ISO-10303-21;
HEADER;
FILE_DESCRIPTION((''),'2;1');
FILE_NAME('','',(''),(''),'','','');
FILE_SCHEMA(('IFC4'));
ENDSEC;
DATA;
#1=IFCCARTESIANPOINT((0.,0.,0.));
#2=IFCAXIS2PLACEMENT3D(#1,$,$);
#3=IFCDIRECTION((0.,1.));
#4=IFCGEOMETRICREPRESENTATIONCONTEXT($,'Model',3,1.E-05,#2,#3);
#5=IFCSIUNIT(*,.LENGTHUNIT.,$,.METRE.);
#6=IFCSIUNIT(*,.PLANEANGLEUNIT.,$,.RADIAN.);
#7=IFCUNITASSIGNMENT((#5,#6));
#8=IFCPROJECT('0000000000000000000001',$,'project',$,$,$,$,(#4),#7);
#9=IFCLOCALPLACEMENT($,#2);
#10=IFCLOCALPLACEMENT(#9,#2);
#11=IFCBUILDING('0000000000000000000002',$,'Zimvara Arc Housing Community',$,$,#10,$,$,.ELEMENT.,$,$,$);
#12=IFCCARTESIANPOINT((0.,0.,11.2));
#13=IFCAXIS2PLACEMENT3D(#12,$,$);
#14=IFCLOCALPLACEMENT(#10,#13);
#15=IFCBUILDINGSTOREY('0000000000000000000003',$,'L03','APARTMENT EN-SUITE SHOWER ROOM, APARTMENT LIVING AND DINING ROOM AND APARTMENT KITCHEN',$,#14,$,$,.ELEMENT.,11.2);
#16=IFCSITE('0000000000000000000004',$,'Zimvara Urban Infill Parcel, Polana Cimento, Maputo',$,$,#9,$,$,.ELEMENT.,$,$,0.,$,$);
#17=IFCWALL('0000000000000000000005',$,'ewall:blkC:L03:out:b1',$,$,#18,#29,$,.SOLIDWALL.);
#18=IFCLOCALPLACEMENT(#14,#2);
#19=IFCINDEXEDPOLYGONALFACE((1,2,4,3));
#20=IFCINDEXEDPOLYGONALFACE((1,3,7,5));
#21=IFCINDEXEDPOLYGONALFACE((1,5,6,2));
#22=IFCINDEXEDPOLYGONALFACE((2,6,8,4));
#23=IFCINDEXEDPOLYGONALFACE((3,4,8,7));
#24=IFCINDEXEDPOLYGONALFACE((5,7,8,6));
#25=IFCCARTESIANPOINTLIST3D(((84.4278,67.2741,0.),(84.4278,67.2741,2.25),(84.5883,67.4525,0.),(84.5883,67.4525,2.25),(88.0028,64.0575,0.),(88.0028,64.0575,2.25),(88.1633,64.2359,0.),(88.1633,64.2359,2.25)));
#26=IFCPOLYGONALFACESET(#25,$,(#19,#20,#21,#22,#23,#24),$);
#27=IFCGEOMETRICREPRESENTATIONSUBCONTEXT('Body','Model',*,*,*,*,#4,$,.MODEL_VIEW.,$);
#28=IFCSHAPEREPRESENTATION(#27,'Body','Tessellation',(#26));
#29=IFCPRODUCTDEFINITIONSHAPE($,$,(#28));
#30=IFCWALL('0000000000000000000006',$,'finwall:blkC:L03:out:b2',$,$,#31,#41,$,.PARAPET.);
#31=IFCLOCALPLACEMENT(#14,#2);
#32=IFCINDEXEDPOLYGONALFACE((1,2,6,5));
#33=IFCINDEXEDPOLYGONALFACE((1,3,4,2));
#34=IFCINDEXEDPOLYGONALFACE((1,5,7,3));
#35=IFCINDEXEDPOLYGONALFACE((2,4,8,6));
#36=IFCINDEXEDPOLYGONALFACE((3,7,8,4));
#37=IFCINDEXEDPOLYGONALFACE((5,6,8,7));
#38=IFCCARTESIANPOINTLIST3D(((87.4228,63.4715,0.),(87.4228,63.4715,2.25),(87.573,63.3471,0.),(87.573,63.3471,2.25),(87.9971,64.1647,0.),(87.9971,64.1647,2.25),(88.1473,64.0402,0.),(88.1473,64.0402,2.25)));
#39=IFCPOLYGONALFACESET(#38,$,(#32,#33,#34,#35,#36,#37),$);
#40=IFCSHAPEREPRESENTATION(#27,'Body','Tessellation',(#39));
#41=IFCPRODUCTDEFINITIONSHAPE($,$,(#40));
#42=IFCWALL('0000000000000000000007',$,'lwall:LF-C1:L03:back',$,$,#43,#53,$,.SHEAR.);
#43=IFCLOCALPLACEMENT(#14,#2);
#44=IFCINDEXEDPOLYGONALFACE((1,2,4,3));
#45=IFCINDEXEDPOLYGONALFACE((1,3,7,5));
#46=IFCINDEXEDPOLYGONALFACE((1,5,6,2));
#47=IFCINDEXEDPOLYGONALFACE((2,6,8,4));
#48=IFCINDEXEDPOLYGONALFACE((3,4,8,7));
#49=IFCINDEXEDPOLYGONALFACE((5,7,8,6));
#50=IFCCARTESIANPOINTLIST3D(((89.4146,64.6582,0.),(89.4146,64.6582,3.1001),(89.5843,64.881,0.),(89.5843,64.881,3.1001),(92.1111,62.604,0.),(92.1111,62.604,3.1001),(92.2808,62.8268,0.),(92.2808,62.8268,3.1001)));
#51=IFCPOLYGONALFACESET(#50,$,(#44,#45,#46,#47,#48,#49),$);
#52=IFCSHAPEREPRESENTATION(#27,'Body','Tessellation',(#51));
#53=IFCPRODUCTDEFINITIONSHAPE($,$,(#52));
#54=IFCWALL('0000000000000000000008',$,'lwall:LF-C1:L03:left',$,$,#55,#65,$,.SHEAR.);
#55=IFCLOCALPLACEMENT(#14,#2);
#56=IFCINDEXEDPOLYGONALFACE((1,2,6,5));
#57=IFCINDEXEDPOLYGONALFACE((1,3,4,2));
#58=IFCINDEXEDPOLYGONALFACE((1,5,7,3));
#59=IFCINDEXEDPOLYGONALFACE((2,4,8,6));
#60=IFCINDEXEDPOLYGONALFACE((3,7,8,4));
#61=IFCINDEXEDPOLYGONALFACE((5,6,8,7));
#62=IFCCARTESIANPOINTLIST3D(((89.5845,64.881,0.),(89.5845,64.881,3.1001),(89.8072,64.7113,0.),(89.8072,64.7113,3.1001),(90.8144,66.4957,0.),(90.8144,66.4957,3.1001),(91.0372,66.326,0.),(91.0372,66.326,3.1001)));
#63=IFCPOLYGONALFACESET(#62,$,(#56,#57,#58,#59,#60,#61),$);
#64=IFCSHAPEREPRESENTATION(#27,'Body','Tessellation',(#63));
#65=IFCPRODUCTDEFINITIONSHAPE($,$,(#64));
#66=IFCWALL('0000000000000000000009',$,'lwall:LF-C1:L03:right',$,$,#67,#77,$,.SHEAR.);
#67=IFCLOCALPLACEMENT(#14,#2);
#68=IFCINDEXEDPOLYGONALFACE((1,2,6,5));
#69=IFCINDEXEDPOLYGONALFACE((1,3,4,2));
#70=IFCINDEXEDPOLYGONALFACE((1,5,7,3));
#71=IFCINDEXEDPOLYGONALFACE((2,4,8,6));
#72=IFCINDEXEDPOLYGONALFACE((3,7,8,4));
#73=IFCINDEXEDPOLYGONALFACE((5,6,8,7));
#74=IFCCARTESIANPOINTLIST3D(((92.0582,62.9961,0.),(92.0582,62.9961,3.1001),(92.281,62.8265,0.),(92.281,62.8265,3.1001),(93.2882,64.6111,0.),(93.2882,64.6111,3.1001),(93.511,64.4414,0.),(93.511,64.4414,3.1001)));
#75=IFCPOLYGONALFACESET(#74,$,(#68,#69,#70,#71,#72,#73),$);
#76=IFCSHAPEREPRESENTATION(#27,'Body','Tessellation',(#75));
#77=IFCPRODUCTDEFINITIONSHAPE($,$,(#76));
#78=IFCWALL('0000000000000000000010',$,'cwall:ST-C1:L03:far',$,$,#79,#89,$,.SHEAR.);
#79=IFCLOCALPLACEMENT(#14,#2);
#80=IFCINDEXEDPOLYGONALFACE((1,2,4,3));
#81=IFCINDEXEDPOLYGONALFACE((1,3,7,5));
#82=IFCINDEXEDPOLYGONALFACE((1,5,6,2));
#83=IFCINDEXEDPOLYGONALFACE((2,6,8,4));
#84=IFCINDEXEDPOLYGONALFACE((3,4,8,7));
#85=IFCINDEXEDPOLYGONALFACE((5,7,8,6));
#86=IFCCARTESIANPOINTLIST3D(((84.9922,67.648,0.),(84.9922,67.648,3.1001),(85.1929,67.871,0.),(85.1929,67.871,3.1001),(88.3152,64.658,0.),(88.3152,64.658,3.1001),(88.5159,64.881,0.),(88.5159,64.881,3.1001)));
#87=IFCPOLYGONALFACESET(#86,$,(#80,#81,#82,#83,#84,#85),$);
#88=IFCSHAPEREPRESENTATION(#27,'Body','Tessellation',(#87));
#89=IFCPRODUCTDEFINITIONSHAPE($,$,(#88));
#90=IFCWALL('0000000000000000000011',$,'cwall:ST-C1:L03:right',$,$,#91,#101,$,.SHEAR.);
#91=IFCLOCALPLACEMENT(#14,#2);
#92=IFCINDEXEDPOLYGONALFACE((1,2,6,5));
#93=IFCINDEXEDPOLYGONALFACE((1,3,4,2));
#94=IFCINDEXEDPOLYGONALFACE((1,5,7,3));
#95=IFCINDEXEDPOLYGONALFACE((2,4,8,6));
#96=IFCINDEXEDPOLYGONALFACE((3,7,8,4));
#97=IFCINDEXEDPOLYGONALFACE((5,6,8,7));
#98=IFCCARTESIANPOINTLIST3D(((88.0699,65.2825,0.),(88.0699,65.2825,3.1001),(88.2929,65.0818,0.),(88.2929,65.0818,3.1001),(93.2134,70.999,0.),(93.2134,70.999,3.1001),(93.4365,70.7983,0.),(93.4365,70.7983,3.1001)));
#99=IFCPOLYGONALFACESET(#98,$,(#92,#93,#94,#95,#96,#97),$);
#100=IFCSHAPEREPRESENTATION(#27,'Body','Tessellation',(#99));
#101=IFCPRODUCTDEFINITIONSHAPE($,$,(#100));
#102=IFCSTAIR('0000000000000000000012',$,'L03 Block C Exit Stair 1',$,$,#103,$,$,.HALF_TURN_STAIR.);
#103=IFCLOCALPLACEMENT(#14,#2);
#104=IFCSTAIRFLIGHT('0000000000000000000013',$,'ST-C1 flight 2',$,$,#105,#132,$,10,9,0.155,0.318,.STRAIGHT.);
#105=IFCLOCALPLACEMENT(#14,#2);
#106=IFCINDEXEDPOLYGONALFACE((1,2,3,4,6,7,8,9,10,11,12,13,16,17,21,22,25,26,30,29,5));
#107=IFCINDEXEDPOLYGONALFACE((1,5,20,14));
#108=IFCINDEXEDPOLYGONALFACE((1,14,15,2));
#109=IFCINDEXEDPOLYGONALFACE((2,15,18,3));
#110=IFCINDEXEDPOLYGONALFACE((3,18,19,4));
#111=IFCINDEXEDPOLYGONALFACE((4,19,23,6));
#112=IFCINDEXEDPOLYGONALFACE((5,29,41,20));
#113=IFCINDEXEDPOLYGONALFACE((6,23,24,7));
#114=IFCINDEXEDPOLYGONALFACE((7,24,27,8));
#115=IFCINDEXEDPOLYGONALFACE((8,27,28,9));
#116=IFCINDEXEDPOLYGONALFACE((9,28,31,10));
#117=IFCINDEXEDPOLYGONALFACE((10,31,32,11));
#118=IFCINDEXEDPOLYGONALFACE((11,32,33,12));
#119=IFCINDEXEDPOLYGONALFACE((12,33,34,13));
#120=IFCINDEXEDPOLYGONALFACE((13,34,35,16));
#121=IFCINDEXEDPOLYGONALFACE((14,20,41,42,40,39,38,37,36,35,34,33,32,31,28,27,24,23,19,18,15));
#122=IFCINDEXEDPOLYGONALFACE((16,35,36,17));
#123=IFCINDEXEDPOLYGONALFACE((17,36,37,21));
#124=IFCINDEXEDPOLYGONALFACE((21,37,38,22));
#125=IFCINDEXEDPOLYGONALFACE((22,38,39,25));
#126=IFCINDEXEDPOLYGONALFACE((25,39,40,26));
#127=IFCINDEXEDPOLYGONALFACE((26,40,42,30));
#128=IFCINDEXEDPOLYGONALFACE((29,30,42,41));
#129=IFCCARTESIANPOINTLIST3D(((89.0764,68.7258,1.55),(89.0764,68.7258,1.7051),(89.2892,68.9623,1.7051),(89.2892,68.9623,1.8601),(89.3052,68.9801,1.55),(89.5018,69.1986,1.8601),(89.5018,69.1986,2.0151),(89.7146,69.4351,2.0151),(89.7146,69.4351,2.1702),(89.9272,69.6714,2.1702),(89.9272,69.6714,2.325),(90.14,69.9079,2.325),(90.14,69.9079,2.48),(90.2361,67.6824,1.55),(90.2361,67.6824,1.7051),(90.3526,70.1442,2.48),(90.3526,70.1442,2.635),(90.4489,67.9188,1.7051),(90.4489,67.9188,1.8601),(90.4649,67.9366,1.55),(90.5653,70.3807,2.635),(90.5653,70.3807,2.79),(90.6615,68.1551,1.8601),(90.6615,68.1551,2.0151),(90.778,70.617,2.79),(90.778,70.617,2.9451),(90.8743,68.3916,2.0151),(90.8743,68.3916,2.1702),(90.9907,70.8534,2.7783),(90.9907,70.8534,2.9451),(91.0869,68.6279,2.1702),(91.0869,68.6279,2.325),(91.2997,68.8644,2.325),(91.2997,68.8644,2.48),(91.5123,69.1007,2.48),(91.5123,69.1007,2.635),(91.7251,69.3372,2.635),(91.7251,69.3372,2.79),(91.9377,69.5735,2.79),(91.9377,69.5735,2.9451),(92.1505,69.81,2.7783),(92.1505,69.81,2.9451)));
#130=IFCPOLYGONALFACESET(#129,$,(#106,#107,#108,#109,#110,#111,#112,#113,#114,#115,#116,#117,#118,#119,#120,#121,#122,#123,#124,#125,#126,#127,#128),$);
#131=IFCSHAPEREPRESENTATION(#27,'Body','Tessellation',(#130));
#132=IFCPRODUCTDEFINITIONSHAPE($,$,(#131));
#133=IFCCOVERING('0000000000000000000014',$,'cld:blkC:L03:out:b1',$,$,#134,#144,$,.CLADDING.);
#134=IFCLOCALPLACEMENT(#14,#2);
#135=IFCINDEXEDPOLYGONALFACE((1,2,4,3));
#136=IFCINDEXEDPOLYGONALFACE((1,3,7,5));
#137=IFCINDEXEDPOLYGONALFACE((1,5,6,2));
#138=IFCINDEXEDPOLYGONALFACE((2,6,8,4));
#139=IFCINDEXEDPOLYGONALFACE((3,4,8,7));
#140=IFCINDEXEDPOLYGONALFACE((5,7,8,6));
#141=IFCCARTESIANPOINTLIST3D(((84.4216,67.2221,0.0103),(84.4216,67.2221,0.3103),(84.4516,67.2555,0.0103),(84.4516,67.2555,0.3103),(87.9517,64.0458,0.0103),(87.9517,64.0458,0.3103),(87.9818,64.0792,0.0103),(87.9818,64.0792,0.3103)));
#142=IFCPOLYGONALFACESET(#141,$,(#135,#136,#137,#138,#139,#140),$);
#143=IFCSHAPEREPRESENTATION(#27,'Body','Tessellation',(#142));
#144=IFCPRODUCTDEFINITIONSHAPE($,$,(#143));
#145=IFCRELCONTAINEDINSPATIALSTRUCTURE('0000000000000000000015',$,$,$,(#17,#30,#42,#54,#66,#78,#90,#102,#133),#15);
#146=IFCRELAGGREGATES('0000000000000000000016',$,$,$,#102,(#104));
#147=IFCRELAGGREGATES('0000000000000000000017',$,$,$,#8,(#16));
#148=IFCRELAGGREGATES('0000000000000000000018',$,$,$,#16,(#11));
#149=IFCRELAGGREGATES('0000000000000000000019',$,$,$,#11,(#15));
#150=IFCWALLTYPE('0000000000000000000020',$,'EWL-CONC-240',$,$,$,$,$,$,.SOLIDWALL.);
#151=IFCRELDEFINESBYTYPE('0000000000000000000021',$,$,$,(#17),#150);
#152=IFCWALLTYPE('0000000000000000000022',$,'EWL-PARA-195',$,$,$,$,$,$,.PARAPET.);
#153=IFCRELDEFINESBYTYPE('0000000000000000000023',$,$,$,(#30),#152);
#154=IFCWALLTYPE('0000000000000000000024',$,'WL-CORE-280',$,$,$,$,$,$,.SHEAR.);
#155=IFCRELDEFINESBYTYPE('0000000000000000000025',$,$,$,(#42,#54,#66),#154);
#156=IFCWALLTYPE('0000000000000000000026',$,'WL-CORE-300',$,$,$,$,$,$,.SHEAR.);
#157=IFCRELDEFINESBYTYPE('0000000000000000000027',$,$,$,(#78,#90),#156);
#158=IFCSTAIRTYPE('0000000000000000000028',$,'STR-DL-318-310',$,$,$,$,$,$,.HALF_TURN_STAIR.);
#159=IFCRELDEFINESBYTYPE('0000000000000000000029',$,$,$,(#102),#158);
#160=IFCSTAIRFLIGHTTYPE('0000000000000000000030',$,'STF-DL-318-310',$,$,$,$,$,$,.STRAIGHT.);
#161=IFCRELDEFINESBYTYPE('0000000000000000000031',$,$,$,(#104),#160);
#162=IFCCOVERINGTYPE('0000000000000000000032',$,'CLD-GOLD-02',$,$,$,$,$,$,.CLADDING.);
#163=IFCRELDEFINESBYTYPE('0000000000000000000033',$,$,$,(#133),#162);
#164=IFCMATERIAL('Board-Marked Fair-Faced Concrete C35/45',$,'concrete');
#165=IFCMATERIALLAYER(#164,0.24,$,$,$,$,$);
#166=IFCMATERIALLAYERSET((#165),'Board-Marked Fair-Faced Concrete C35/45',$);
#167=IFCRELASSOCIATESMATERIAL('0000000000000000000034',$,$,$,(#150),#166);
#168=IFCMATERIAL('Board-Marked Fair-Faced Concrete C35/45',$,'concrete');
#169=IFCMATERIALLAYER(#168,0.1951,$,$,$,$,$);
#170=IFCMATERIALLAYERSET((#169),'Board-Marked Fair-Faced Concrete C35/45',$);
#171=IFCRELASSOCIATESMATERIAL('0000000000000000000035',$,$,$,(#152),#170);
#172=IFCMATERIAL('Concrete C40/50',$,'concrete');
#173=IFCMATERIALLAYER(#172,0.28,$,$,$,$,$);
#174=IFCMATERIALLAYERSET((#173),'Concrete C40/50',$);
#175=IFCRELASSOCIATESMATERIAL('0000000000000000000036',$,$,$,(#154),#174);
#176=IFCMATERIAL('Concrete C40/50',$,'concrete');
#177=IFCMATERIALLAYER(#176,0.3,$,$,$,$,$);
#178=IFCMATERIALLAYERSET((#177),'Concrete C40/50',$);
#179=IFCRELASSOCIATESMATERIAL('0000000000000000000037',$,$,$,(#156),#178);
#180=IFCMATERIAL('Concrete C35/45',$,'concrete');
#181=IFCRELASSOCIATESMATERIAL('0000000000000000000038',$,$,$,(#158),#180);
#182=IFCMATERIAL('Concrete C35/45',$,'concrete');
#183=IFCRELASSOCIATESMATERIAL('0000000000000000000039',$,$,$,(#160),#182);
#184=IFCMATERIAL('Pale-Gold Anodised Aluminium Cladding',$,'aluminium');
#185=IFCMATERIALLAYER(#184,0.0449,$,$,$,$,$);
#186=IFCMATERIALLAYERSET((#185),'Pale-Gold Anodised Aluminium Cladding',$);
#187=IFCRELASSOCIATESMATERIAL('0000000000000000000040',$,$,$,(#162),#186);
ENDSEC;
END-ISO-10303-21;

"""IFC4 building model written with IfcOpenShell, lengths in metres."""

from ifc_helpers import new_model, si_unit, direction, frame, frame_2d, origin, origin_2d, place, context, subcontext, project, spatial, polyline, rectangle, outline, extrude, material, layer, layer_set, type_object, element, aggregate, save


model = new_model("IFC4")

# Units and contexts
model_context = context("Model", 3, precision=1e-05, world=origin(), true_north=direction((0.0, 1.0)))
body_context = subcontext(model_context, "Body", "Model", "MODEL_VIEW")
ifc_project = project(units=[si_unit("LENGTHUNIT", "METRE"), si_unit("PLANEANGLEUNIT", "RADIAN")], contexts=[model_context])

# Site, building, storey
site_placement = place(None, origin())
site = spatial("IfcSite", under=ifc_project, at=site_placement, Name="Zimvara Urban Infill Parcel, Polana Cimento, Maputo", CompositionType="ELEMENT", RefElevation=0.0)
building_placement = place(site_placement, origin())
building = spatial("IfcBuilding", under=site, at=building_placement, Name="Zimvara Arc Housing Community", CompositionType="ELEMENT")
storey_placement = place(building_placement, frame((0.0, 0.0, 11.2)))
storey = spatial("IfcBuildingStorey", under=building, at=storey_placement, Name="L03", Description="APARTMENT EN-SUITE SHOWER ROOM, APARTMENT LIVING AND DINING ROOM AND APARTMENT KITCHEN", CompositionType="ELEMENT", Elevation=11.2)

# Walls
ifc_material_1 = material(Name="Board-Marked Fair-Faced Concrete C35/45", Category="concrete")
ifc_layer_1 = layer(ifc_material_1, 0.24)
ifc_layer_set_1 = layer_set([ifc_layer_1], Name="Board-Marked Fair-Faced Concrete C35/45")
wall_type_1 = type_object("IfcWallType", Name="EWL-CONC-240", PredefinedType="SOLIDWALL", material=ifc_layer_set_1)
wall_1_placement = place(storey_placement, frame((84.5081, 67.3633, 0.0), z_axis=(0.0, 0.0, 1.0), x_axis=(0.743388, -0.668861, 0.0)))
element("IfcWall", 1, at=wall_1_placement, inside=storey, type_object=wall_type_1, Name="ewall:blkC:L03:out:b1", PredefinedType="SOLIDWALL", context=body_context, shape_type="SweptSolid", body=[
    extrude(rectangle(XDim=4.8091, YDim=0.24, at=frame_2d((2.4045, 0.0))), origin(), (0.0, 0.0, 1.0), 2.25),
])
ifc_material_2 = material(Name="Board-Marked Fair-Faced Concrete C35/45", Category="concrete")
ifc_layer_2 = layer(ifc_material_2, 0.1951)
ifc_layer_set_2 = layer_set([ifc_layer_2], Name="Board-Marked Fair-Faced Concrete C35/45")
wall_type_2 = type_object("IfcWallType", Name="EWL-PARA-195", PredefinedType="PARAPET", material=ifc_layer_set_2)
wall_2_placement = place(storey_placement, frame((88.0723, 64.1025, 0.0), z_axis=(0.0, 0.0, 1.0), x_axis=(-0.637967, -0.770063, 0.0)))
element("IfcWall", 2, at=wall_2_placement, inside=storey, type_object=wall_type_2, Name="finwall:blkC:L03:out:b2", PredefinedType="PARAPET", context=body_context, shape_type="SweptSolid", body=[
    extrude(rectangle(XDim=0.9001, YDim=0.1951, at=frame_2d((0.4502, 0.0))), origin(), (0.0, 0.0, 1.0), 2.25),
])

# Shared definitions
ifc_material_3 = material(Name="Concrete C40/50", Category="concrete")
ifc_layer_3 = layer(ifc_material_3, 0.28)
ifc_layer_set_3 = layer_set([ifc_layer_3], Name="Concrete C40/50")
wall_type_3 = type_object("IfcWallType", Name="WL-CORE-280", PredefinedType="SHEAR", material=ifc_layer_set_3)

# Walls
wall_3_placement = place(storey_placement, frame((89.4995, 64.7695, 0.0), z_axis=(0.0, 0.0, 1.0), x_axis=(0.795475, -0.605987, 0.0)))
element("IfcWall", 3, at=wall_3_placement, inside=storey, type_object=wall_type_3, Name="lwall:LF-C1:L03:back", PredefinedType="SHEAR", context=body_context, shape_type="SweptSolid", body=[
    extrude(rectangle(XDim=3.3899, YDim=0.28, at=frame_2d((1.6948, 0.0))), origin(), (0.0, 0.0, 1.0), 3.1001),
])
wall_4_placement = place(storey_placement, frame((90.9258, 66.4109, 0.0), z_axis=(0.0, 0.0, 1.0), x_axis=(-0.605949, -0.795504, 0.0)))
element("IfcWall", 4, at=wall_4_placement, inside=storey, type_object=wall_type_3, Name="lwall:LF-C1:L03:left", PredefinedType="SHEAR", context=body_context, shape_type="SweptSolid", body=[
    extrude(rectangle(XDim=2.0298, YDim=0.28, at=frame_2d((1.0149, 0.0))), origin(), (0.0, 0.0, 1.0), 3.1001),
])
wall_5_placement = place(storey_placement, frame((93.3997, 64.5264, 0.0), z_axis=(0.0, 0.0, 1.0), x_axis=(-0.605891, -0.795548, 0.0)))
element("IfcWall", 5, at=wall_5_placement, inside=storey, type_object=wall_type_3, Name="lwall:LF-C1:L03:right", PredefinedType="SHEAR", context=body_context, shape_type="SweptSolid", body=[
    extrude(rectangle(XDim=2.03, YDim=0.28, at=frame_2d((1.0151, 0.0))), origin(), (0.0, 0.0, 1.0), 3.1001),
])
ifc_material_4 = material(Name="Concrete C40/50", Category="concrete")
ifc_layer_4 = layer(ifc_material_4, 0.3)
ifc_layer_set_4 = layer_set([ifc_layer_4], Name="Concrete C40/50")
wall_type_4 = type_object("IfcWallType", Name="WL-CORE-300", PredefinedType="SHEAR", material=ifc_layer_set_4)
wall_6_placement = place(storey_placement, frame((85.0925, 67.7595, 0.0), z_axis=(0.0, 0.0, 1.0), x_axis=(0.743373, -0.668877, 0.0)))
element("IfcWall", 6, at=wall_6_placement, inside=storey, type_object=wall_type_4, Name="cwall:ST-C1:L03:far", PredefinedType="SHEAR", context=body_context, shape_type="SweptSolid", body=[
    extrude(rectangle(XDim=4.4702, YDim=0.3, at=frame_2d((2.2351, 0.0))), origin(), (0.0, 0.0, 1.0), 3.1001),
])
wall_7_placement = place(storey_placement, frame((93.325, 70.8987, 0.0), z_axis=(0.0, 0.0, 1.0), x_axis=(-0.668868, -0.743381, 0.0)))
element("IfcWall", 7, at=wall_7_placement, inside=storey, type_object=wall_type_4, Name="cwall:ST-C1:L03:right", PredefinedType="SHEAR", context=body_context, shape_type="SweptSolid", body=[
    extrude(rectangle(XDim=7.6899, YDim=0.3, at=frame_2d((3.845, 0.0))), origin(), (0.0, 0.0, 1.0), 3.1001),
])

# Stair, stair flight
ifc_material_5 = material(Name="Concrete C35/45", Category="concrete")
stair_type = type_object("IfcStairType", Name="STR-DL-318-310", PredefinedType="HALF_TURN_STAIR", material=ifc_material_5)
stair_placement = place(storey_placement, origin())
stair = element("IfcStair", 8, at=stair_placement, inside=storey, type_object=stair_type, Name="L03 Block C Exit Stair 1", PredefinedType="HALF_TURN_STAIR")
ifc_material_6 = material(Name="Concrete C35/45", Category="concrete")
stair_flight_type = type_object("IfcStairFlightType", Name="STF-DL-318-310", PredefinedType="STRAIGHT", material=ifc_material_6)
stair_flight_placement = place(storey_placement, frame((89.6562, 68.2041, 1.55), z_axis=(0.0, 0.0, 1.0), x_axis=(0.668871, 0.743378, 0.0)))
stair_flight = element("IfcStairFlight", 9, at=stair_flight_placement, type_object=stair_flight_type, Name="ST-C1 flight 2", NumberOfRisers=10, NumberOfTreads=9, PredefinedType="STRAIGHT", RiserHeight=0.155, TreadLength=0.318, context=body_context, shape_type="SweptSolid", body=[
    extrude(outline(polyline([(0.0, 0.0), (0.0, 0.155), (0.3181, 0.155), (0.3181, 0.3101), (0.636, 0.3101), (0.636, 0.4651), (0.9541, 0.4651), (0.9541, 0.6201), (1.272, 0.6201), (1.272, 0.7749), (1.5901, 0.7749), (1.5901, 0.9299), (1.908, 0.9299), (1.908, 1.085), (2.2261, 1.085), (2.2261, 1.24), (2.5439, 1.24), (2.5439, 1.395), (2.8621, 1.395), (2.8621, 1.55), (2.8621, 1.2283), (0.342, 0.0), (0.0, 0.0)])), frame((0.0, 0.78, 0.0), z_axis=(0.0, -1.0, 0.0), x_axis=(1.0, 0.0, 0.0)), (0.0, 0.0, 1.0), 1.5601),
])
aggregate(stair, [stair_flight])

# Covering
ifc_material_7 = material(Name="Pale-Gold Anodised Aluminium Cladding", Category="aluminium")
ifc_layer_5 = layer(ifc_material_7, 0.0449)
ifc_layer_set_5 = layer_set([ifc_layer_5], Name="Pale-Gold Anodised Aluminium Cladding")
covering_type = type_object("IfcCoveringType", Name="CLD-GOLD-02", PredefinedType="CLADDING", material=ifc_layer_set_5)
covering_placement = place(storey_placement, frame((86.2017, 65.6506, 0.0103), z_axis=(0.0, 0.0, 1.0), x_axis=(0.743377, -0.668872, 0.0)))
element("IfcCovering", 10, at=covering_placement, inside=storey, type_object=covering_type, Name="cld:blkC:L03:out:b1", PredefinedType="CLADDING", context=body_context, shape_type="SweptSolid", body=[
    extrude(rectangle(XDim=4.7488, YDim=0.0449, at=origin_2d()), origin(), (0.0, 0.0, 1.0), 0.3),
])

save(model, "model.ifc")
